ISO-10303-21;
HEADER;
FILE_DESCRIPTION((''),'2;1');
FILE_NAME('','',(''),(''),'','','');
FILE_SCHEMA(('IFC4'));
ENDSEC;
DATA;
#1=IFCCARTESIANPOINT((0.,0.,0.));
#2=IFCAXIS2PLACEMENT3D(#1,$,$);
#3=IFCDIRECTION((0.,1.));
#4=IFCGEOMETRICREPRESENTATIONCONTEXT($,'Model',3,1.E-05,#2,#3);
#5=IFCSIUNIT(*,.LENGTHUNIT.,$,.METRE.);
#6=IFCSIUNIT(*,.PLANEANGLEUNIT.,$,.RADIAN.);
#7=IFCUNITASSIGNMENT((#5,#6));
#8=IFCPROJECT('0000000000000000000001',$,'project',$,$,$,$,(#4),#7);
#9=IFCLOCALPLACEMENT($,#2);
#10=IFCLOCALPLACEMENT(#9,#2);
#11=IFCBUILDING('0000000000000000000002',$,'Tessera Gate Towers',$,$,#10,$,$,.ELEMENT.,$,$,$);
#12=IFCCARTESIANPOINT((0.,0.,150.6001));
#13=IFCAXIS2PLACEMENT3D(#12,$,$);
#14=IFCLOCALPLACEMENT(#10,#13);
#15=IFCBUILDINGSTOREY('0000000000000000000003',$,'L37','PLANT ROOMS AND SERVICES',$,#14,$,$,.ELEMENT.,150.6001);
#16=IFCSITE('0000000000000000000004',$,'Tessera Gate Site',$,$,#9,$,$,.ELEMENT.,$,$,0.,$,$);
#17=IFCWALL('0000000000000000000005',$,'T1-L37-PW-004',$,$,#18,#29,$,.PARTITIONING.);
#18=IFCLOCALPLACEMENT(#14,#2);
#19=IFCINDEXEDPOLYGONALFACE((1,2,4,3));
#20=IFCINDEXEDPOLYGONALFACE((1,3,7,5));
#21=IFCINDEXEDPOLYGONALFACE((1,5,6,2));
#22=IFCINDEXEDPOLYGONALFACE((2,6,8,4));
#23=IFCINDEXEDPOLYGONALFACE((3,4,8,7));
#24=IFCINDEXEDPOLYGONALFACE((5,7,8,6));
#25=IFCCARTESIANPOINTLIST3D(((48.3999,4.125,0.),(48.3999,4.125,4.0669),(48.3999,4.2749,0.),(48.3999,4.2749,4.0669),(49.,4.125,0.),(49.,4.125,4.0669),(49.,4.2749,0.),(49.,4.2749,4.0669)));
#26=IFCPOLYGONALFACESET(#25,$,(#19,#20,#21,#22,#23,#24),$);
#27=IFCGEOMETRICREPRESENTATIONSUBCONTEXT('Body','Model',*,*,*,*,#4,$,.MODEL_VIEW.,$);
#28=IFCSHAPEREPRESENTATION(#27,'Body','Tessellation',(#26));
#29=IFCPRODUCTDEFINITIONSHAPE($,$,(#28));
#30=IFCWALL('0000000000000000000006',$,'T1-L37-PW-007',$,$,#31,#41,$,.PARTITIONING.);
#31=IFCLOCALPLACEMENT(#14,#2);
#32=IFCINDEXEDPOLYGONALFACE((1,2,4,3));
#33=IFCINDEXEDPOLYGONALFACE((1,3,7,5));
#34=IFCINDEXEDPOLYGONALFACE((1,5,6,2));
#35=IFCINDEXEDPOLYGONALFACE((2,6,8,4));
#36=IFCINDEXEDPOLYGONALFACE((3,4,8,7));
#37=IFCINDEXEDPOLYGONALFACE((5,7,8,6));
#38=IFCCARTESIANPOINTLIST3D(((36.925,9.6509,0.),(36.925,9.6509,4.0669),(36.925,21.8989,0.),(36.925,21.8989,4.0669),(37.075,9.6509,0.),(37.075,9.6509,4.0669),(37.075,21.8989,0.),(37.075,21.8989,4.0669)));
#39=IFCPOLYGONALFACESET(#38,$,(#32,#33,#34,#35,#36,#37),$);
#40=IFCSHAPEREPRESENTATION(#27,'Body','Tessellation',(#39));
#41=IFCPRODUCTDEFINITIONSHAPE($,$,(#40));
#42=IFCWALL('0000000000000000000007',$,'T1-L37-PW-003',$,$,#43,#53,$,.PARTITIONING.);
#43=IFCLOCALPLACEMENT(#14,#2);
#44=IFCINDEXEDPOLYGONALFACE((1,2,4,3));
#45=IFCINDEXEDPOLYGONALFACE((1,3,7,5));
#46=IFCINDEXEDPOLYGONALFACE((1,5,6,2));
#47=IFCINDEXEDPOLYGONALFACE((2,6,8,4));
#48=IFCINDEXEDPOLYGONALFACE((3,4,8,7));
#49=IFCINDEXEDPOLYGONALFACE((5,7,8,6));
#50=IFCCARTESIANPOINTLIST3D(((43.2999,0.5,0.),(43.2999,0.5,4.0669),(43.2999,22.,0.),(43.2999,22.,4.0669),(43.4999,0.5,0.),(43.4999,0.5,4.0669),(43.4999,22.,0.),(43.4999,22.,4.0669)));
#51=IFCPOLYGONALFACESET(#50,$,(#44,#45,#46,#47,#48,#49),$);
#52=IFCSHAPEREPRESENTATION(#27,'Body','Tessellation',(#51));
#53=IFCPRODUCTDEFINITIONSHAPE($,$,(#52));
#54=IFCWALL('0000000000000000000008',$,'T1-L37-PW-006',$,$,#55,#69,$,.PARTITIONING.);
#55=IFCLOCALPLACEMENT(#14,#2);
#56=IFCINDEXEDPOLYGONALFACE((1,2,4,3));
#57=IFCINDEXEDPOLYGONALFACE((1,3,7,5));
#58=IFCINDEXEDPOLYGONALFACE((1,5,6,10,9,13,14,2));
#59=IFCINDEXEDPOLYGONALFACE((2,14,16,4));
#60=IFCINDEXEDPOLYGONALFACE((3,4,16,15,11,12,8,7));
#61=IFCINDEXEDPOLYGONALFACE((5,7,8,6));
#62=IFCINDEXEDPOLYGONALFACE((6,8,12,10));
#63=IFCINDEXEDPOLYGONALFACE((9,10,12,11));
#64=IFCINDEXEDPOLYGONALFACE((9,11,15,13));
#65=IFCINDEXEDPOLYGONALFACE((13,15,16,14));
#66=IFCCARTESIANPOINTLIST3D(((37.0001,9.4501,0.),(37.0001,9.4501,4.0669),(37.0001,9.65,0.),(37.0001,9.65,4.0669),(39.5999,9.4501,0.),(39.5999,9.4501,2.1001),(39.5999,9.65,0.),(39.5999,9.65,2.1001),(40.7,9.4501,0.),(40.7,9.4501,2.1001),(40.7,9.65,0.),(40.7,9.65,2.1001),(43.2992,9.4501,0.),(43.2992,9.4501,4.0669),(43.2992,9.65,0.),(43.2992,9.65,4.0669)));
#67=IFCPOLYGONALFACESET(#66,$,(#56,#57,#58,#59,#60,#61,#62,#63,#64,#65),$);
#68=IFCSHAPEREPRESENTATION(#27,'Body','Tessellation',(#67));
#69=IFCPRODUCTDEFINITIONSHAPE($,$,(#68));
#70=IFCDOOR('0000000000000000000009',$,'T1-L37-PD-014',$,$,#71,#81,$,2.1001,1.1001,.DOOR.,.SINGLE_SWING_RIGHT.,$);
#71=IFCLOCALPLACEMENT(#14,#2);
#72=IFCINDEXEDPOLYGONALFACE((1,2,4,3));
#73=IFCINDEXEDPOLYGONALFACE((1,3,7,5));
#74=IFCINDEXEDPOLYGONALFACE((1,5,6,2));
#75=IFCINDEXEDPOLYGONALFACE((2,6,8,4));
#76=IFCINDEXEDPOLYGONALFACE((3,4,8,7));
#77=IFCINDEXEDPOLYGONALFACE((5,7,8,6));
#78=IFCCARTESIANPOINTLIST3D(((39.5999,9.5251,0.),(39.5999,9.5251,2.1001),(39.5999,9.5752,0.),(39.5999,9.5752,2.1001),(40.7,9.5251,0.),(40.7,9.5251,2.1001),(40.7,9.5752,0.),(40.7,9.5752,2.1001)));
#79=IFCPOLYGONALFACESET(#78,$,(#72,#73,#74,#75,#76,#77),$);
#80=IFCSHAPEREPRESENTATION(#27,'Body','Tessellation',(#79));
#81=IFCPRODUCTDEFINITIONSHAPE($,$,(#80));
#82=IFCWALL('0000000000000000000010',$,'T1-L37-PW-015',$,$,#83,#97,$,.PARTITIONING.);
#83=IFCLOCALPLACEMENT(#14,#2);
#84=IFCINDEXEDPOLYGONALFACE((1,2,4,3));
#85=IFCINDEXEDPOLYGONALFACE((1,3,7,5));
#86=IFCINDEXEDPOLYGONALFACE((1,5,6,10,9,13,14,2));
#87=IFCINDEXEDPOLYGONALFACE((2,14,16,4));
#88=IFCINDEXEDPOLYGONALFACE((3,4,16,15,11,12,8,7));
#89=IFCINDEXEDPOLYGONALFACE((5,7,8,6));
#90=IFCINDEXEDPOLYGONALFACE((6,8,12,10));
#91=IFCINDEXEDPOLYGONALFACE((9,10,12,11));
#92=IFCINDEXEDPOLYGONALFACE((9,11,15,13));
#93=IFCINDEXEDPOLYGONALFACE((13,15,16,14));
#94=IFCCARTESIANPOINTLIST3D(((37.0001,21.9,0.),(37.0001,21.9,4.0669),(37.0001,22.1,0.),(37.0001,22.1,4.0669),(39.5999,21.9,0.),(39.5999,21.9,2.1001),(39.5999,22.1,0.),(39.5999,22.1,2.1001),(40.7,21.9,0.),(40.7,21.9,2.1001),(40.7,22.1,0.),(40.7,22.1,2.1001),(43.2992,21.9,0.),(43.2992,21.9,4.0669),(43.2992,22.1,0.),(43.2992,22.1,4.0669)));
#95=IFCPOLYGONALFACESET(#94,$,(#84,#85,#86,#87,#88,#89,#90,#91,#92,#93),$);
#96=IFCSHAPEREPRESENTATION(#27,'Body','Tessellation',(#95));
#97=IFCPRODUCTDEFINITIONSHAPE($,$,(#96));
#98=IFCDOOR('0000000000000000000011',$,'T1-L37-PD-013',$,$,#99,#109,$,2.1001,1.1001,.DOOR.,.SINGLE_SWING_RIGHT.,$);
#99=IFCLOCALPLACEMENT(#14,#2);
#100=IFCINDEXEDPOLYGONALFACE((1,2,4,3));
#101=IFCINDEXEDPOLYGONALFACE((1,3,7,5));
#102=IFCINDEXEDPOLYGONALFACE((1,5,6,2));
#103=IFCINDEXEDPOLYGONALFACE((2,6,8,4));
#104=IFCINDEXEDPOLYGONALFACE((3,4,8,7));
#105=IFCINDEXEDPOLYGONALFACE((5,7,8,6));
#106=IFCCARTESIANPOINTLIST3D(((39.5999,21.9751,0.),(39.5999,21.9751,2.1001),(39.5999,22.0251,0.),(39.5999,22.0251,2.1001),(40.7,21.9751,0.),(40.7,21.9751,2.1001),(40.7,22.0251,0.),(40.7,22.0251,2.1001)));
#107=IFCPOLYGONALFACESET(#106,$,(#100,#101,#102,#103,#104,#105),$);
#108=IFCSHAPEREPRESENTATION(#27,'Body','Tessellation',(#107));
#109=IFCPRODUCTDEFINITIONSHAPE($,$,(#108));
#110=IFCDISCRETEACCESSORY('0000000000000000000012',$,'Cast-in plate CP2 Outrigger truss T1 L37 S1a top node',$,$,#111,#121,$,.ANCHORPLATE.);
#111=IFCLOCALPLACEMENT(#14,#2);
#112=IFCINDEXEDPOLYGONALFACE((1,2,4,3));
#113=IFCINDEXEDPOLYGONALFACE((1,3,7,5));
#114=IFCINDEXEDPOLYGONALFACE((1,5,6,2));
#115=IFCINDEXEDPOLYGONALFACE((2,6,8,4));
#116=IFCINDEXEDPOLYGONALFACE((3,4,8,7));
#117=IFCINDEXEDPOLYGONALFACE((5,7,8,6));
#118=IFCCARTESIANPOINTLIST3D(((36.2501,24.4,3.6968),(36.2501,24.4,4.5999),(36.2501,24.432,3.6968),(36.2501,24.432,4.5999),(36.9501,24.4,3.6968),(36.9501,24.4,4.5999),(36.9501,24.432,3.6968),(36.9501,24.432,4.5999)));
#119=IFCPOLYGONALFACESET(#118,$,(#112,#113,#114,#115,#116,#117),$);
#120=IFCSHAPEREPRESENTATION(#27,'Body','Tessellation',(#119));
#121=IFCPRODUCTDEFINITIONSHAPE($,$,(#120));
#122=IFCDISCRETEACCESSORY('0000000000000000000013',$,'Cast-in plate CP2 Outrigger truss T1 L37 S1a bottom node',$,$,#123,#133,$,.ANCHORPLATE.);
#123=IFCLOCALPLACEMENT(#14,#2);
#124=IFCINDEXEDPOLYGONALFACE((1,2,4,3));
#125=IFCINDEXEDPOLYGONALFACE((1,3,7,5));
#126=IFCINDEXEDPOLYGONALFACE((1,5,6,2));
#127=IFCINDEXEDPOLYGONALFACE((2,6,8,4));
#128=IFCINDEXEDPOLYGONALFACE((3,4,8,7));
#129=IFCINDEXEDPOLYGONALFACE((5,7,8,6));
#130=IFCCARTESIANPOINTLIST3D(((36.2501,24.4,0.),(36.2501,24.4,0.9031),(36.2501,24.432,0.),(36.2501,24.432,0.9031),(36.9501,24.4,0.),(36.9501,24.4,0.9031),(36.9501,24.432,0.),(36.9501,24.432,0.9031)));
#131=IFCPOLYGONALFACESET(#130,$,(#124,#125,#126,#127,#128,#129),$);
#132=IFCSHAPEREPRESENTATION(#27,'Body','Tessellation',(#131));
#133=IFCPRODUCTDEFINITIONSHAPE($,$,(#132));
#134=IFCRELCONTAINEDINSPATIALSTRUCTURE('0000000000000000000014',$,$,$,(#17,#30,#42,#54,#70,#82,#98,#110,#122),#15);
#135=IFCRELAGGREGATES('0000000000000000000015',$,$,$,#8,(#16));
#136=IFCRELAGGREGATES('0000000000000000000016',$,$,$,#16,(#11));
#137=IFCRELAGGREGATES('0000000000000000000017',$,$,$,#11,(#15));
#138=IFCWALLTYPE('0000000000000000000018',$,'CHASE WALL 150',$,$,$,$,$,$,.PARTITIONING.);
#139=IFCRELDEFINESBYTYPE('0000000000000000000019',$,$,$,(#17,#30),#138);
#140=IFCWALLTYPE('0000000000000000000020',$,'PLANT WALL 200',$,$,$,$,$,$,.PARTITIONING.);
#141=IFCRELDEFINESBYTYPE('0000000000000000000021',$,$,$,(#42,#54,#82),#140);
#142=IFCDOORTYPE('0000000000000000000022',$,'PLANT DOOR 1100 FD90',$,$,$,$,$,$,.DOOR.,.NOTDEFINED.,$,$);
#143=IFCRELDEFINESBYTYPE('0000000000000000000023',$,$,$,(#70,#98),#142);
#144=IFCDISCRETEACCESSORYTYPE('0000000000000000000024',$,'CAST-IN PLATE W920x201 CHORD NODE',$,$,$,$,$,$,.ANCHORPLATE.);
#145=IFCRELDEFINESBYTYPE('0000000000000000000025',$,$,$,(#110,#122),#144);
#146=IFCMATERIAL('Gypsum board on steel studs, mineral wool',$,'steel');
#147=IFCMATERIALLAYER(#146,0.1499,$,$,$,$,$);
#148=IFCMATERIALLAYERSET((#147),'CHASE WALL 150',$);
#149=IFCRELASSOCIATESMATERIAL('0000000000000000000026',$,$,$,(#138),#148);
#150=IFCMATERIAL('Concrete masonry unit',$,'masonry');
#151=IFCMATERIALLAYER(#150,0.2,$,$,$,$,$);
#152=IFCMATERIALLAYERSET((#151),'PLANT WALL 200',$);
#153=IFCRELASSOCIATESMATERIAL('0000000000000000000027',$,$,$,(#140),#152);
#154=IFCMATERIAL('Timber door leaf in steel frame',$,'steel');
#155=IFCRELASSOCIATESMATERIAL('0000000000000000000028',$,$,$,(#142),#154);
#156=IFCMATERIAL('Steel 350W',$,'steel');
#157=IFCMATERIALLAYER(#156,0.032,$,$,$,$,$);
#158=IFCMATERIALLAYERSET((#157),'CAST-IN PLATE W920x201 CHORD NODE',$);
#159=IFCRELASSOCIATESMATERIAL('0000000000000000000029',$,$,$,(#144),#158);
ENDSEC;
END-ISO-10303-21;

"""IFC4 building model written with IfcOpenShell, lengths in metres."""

from ifc_helpers import new_model, si_unit, direction, frame, frame_2d, origin, origin_2d, place, context, subcontext, project, spatial, rectangle, extrude, source, transform, mapped, material, layer, layer_set, type_object, element, fill, save


model = new_model("IFC4")

# Units and contexts
model_context = context("Model", 3, precision=1e-05, world=origin(), true_north=direction((0.0, 1.0)))
body_context = subcontext(model_context, "Body", "Model", "MODEL_VIEW")
ifc_project = project(units=[si_unit("LENGTHUNIT", "METRE"), si_unit("PLANEANGLEUNIT", "RADIAN")], contexts=[model_context])

# Site, building, storey
site_placement = place(None, origin())
site = spatial("IfcSite", under=ifc_project, at=site_placement, Name="Tessera Gate Site", CompositionType="ELEMENT", RefElevation=0.0)
building_placement = place(site_placement, origin())
building = spatial("IfcBuilding", under=site, at=building_placement, Name="Tessera Gate Towers", CompositionType="ELEMENT")
storey_placement = place(building_placement, frame((0.0, 0.0, 150.6001)))
storey = spatial("IfcBuildingStorey", under=building, at=storey_placement, Name="L37", Description="PLANT ROOMS AND SERVICES", CompositionType="ELEMENT", Elevation=150.6001)

# Walls
ifc_material_1 = material(Name="Gypsum board on steel studs, mineral wool", Category="steel")
ifc_layer_1 = layer(ifc_material_1, 0.1499)
ifc_layer_set_1 = layer_set([ifc_layer_1], Name="CHASE WALL 150")
wall_type_1 = type_object("IfcWallType", Name="CHASE WALL 150", PredefinedType="PARTITIONING", material=ifc_layer_set_1)
wall_1_placement = place(storey_placement, frame((48.3999, 4.2, 0.0), z_axis=(0.0, 0.0, 1.0), x_axis=(1.0, 0.0, 0.0)))
element("IfcWall", 1, at=wall_1_placement, inside=storey, type_object=wall_type_1, Name="T1-L37-PW-004", PredefinedType="PARTITIONING", context=body_context, shape_type="SweptSolid", body=[
    extrude(rectangle(XDim=0.6001, YDim=0.1499, at=frame_2d((0.3, 0.0))), origin(), (0.0, 0.0, 1.0), 4.0669),
])
wall_2_placement = place(storey_placement, frame((37.0, 9.6509, 0.0), z_axis=(0.0, 0.0, 1.0), x_axis=(0.0, 1.0, 0.0)))
element("IfcWall", 2, at=wall_2_placement, inside=storey, type_object=wall_type_1, Name="T1-L37-PW-007", PredefinedType="PARTITIONING", context=body_context, shape_type="SweptSolid", body=[
    extrude(rectangle(XDim=12.248, YDim=0.1499, at=frame_2d((6.124, 0.0))), origin(), (0.0, 0.0, 1.0), 4.0669),
])
ifc_material_2 = material(Name="Concrete masonry unit", Category="masonry")
ifc_layer_2 = layer(ifc_material_2, 0.2)
ifc_layer_set_2 = layer_set([ifc_layer_2], Name="PLANT WALL 200")
wall_type_2 = type_object("IfcWallType", Name="PLANT WALL 200", PredefinedType="PARTITIONING", material=ifc_layer_set_2)
wall_3_placement = place(storey_placement, frame((43.3999, 0.5, 0.0), z_axis=(0.0, 0.0, 1.0), x_axis=(0.0, 1.0, 0.0)))
element("IfcWall", 3, at=wall_3_placement, inside=storey, type_object=wall_type_2, Name="T1-L37-PW-003", PredefinedType="PARTITIONING", context=body_context, shape_type="SweptSolid", body=[
    extrude(rectangle(XDim=21.5, YDim=0.2, at=frame_2d((10.75, 0.0))), origin(), (0.0, 0.0, 1.0), 4.0669),
])

# Walls, openings, doors
wall_4_placement = place(storey_placement, frame((43.2991, 9.55, 0.0), z_axis=(0.0, 0.0, 1.0), x_axis=(-1.0, 0.0, 0.0)))
wall_4 = element("IfcWall", 4, at=wall_4_placement, inside=storey, type_object=wall_type_2, Name="T1-L37-PW-006", PredefinedType="PARTITIONING", context=body_context, shape_type="SweptSolid", body=[
    extrude(rectangle(XDim=6.2991, YDim=0.2, at=frame_2d((3.1494, 0.0))), origin(), (0.0, 0.0, 1.0), 4.0669),
])
shared_shape_1 = source(origin(), body_context, "Body", "SweptSolid", [
    extrude(rectangle(XDim=1.1001, YDim=2.1001, at=frame_2d((0.55, 1.05))), frame((0.0, 0.1099, 0.0), z_axis=(0.0, -1.0, 0.0), x_axis=(1.0, 0.0, 0.0)), (0.0, 0.0, 1.0), 0.22),
])
opening_1_placement = place(wall_4_placement, frame((2.5991, 0.0, 0.0)))
opening_1 = element("IfcOpeningElement", 5, at=opening_1_placement, cuts=wall_4, PredefinedType="OPENING", context=body_context, shape_type="MappedRepresentation", body=[
    mapped(shared_shape_1, transform((0.0, 0.0, 0.0), scale=1.0)),
])
ifc_material_3 = material(Name="Timber door leaf in steel frame", Category="steel")
door_type = type_object("IfcDoorType", Name="PLANT DOOR 1100 FD90", OperationType="NOTDEFINED", PredefinedType="DOOR", material=ifc_material_3)
shared_shape_2 = source(origin(), body_context, "Body", "SweptSolid", [
    extrude(rectangle(XDim=1.1001, YDim=2.1001, at=frame_2d((0.55, 1.05))), frame((0.0, 0.0249, 0.0), z_axis=(0.0, -1.0, 0.0), x_axis=(1.0, 0.0, 0.0)), (0.0, 0.0, 1.0), 0.05),
])
door_1_placement = place(opening_1_placement, origin())
door_1 = element("IfcDoor", 6, at=door_1_placement, inside=storey, type_object=door_type, Name="T1-L37-PD-014", OperationType="SINGLE_SWING_RIGHT", OverallHeight=2.1001, OverallWidth=1.1001, PredefinedType="DOOR", context=body_context, shape_type="MappedRepresentation", body=[
    mapped(shared_shape_2, transform((0.0, 0.0, 0.0), scale=1.0)),
])
fill(opening_1, door_1)
wall_5_placement = place(storey_placement, frame((43.2991, 22.0, 0.0), z_axis=(0.0, 0.0, 1.0), x_axis=(-1.0, 0.0, 0.0)))
wall_5 = element("IfcWall", 7, at=wall_5_placement, inside=storey, type_object=wall_type_2, Name="T1-L37-PW-015", PredefinedType="PARTITIONING", context=body_context, shape_type="SweptSolid", body=[
    extrude(rectangle(XDim=6.2991, YDim=0.2, at=frame_2d((3.1494, 0.0))), origin(), (0.0, 0.0, 1.0), 4.0669),
])
opening_2_placement = place(wall_5_placement, frame((2.5991, 0.0, 0.0)))
opening_2 = element("IfcOpeningElement", 8, at=opening_2_placement, cuts=wall_5, PredefinedType="OPENING", context=body_context, shape_type="MappedRepresentation", body=[
    mapped(shared_shape_1, transform((0.0, 0.0, 0.0), scale=1.0)),
])
door_2_placement = place(opening_2_placement, origin())
door_2 = element("IfcDoor", 9, at=door_2_placement, inside=storey, type_object=door_type, Name="T1-L37-PD-013", OperationType="SINGLE_SWING_RIGHT", OverallHeight=2.1001, OverallWidth=1.1001, PredefinedType="DOOR", context=body_context, shape_type="MappedRepresentation", body=[
    mapped(shared_shape_2, transform((0.0, 0.0, 0.0), scale=1.0)),
])
fill(opening_2, door_2)

# Discrete accessories
ifc_material_4 = material(Name="Steel 350W", Category="steel")
ifc_layer_3 = layer(ifc_material_4, 0.032)
ifc_layer_set_3 = layer_set([ifc_layer_3], Name="CAST-IN PLATE W920x201 CHORD NODE")
discrete_accessory_type = type_object("IfcDiscreteAccessoryType", Name="CAST-IN PLATE W920x201 CHORD NODE", PredefinedType="ANCHORPLATE", material=ifc_layer_set_3)
for number, where, z_axis, x_axis, name in (
    (10, (36.6001, 24.416, 3.6968), (0.0, 0.0, 1.0), (1.0, 0.0, 0.0), "Cast-in plate CP2 Outrigger truss T1 L37 S1a top node"),
    (11, (36.6001, 24.416, 0.0), (0.0, 0.0, 1.0), (1.0, 0.0, 0.0), "Cast-in plate CP2 Outrigger truss T1 L37 S1a bottom node"),
):
    element("IfcDiscreteAccessory", number, at=place(storey_placement, frame(where, z_axis=z_axis, x_axis=x_axis)), inside=storey, type_object=discrete_accessory_type, Name=name, PredefinedType="ANCHORPLATE", context=body_context, shape_type="SweptSolid", body=[
        extrude(rectangle(XDim=0.7, YDim=0.032, at=origin_2d()), origin(), (0.0, 0.0, 1.0), 0.9031),
    ])

save(model, "model.ifc")
